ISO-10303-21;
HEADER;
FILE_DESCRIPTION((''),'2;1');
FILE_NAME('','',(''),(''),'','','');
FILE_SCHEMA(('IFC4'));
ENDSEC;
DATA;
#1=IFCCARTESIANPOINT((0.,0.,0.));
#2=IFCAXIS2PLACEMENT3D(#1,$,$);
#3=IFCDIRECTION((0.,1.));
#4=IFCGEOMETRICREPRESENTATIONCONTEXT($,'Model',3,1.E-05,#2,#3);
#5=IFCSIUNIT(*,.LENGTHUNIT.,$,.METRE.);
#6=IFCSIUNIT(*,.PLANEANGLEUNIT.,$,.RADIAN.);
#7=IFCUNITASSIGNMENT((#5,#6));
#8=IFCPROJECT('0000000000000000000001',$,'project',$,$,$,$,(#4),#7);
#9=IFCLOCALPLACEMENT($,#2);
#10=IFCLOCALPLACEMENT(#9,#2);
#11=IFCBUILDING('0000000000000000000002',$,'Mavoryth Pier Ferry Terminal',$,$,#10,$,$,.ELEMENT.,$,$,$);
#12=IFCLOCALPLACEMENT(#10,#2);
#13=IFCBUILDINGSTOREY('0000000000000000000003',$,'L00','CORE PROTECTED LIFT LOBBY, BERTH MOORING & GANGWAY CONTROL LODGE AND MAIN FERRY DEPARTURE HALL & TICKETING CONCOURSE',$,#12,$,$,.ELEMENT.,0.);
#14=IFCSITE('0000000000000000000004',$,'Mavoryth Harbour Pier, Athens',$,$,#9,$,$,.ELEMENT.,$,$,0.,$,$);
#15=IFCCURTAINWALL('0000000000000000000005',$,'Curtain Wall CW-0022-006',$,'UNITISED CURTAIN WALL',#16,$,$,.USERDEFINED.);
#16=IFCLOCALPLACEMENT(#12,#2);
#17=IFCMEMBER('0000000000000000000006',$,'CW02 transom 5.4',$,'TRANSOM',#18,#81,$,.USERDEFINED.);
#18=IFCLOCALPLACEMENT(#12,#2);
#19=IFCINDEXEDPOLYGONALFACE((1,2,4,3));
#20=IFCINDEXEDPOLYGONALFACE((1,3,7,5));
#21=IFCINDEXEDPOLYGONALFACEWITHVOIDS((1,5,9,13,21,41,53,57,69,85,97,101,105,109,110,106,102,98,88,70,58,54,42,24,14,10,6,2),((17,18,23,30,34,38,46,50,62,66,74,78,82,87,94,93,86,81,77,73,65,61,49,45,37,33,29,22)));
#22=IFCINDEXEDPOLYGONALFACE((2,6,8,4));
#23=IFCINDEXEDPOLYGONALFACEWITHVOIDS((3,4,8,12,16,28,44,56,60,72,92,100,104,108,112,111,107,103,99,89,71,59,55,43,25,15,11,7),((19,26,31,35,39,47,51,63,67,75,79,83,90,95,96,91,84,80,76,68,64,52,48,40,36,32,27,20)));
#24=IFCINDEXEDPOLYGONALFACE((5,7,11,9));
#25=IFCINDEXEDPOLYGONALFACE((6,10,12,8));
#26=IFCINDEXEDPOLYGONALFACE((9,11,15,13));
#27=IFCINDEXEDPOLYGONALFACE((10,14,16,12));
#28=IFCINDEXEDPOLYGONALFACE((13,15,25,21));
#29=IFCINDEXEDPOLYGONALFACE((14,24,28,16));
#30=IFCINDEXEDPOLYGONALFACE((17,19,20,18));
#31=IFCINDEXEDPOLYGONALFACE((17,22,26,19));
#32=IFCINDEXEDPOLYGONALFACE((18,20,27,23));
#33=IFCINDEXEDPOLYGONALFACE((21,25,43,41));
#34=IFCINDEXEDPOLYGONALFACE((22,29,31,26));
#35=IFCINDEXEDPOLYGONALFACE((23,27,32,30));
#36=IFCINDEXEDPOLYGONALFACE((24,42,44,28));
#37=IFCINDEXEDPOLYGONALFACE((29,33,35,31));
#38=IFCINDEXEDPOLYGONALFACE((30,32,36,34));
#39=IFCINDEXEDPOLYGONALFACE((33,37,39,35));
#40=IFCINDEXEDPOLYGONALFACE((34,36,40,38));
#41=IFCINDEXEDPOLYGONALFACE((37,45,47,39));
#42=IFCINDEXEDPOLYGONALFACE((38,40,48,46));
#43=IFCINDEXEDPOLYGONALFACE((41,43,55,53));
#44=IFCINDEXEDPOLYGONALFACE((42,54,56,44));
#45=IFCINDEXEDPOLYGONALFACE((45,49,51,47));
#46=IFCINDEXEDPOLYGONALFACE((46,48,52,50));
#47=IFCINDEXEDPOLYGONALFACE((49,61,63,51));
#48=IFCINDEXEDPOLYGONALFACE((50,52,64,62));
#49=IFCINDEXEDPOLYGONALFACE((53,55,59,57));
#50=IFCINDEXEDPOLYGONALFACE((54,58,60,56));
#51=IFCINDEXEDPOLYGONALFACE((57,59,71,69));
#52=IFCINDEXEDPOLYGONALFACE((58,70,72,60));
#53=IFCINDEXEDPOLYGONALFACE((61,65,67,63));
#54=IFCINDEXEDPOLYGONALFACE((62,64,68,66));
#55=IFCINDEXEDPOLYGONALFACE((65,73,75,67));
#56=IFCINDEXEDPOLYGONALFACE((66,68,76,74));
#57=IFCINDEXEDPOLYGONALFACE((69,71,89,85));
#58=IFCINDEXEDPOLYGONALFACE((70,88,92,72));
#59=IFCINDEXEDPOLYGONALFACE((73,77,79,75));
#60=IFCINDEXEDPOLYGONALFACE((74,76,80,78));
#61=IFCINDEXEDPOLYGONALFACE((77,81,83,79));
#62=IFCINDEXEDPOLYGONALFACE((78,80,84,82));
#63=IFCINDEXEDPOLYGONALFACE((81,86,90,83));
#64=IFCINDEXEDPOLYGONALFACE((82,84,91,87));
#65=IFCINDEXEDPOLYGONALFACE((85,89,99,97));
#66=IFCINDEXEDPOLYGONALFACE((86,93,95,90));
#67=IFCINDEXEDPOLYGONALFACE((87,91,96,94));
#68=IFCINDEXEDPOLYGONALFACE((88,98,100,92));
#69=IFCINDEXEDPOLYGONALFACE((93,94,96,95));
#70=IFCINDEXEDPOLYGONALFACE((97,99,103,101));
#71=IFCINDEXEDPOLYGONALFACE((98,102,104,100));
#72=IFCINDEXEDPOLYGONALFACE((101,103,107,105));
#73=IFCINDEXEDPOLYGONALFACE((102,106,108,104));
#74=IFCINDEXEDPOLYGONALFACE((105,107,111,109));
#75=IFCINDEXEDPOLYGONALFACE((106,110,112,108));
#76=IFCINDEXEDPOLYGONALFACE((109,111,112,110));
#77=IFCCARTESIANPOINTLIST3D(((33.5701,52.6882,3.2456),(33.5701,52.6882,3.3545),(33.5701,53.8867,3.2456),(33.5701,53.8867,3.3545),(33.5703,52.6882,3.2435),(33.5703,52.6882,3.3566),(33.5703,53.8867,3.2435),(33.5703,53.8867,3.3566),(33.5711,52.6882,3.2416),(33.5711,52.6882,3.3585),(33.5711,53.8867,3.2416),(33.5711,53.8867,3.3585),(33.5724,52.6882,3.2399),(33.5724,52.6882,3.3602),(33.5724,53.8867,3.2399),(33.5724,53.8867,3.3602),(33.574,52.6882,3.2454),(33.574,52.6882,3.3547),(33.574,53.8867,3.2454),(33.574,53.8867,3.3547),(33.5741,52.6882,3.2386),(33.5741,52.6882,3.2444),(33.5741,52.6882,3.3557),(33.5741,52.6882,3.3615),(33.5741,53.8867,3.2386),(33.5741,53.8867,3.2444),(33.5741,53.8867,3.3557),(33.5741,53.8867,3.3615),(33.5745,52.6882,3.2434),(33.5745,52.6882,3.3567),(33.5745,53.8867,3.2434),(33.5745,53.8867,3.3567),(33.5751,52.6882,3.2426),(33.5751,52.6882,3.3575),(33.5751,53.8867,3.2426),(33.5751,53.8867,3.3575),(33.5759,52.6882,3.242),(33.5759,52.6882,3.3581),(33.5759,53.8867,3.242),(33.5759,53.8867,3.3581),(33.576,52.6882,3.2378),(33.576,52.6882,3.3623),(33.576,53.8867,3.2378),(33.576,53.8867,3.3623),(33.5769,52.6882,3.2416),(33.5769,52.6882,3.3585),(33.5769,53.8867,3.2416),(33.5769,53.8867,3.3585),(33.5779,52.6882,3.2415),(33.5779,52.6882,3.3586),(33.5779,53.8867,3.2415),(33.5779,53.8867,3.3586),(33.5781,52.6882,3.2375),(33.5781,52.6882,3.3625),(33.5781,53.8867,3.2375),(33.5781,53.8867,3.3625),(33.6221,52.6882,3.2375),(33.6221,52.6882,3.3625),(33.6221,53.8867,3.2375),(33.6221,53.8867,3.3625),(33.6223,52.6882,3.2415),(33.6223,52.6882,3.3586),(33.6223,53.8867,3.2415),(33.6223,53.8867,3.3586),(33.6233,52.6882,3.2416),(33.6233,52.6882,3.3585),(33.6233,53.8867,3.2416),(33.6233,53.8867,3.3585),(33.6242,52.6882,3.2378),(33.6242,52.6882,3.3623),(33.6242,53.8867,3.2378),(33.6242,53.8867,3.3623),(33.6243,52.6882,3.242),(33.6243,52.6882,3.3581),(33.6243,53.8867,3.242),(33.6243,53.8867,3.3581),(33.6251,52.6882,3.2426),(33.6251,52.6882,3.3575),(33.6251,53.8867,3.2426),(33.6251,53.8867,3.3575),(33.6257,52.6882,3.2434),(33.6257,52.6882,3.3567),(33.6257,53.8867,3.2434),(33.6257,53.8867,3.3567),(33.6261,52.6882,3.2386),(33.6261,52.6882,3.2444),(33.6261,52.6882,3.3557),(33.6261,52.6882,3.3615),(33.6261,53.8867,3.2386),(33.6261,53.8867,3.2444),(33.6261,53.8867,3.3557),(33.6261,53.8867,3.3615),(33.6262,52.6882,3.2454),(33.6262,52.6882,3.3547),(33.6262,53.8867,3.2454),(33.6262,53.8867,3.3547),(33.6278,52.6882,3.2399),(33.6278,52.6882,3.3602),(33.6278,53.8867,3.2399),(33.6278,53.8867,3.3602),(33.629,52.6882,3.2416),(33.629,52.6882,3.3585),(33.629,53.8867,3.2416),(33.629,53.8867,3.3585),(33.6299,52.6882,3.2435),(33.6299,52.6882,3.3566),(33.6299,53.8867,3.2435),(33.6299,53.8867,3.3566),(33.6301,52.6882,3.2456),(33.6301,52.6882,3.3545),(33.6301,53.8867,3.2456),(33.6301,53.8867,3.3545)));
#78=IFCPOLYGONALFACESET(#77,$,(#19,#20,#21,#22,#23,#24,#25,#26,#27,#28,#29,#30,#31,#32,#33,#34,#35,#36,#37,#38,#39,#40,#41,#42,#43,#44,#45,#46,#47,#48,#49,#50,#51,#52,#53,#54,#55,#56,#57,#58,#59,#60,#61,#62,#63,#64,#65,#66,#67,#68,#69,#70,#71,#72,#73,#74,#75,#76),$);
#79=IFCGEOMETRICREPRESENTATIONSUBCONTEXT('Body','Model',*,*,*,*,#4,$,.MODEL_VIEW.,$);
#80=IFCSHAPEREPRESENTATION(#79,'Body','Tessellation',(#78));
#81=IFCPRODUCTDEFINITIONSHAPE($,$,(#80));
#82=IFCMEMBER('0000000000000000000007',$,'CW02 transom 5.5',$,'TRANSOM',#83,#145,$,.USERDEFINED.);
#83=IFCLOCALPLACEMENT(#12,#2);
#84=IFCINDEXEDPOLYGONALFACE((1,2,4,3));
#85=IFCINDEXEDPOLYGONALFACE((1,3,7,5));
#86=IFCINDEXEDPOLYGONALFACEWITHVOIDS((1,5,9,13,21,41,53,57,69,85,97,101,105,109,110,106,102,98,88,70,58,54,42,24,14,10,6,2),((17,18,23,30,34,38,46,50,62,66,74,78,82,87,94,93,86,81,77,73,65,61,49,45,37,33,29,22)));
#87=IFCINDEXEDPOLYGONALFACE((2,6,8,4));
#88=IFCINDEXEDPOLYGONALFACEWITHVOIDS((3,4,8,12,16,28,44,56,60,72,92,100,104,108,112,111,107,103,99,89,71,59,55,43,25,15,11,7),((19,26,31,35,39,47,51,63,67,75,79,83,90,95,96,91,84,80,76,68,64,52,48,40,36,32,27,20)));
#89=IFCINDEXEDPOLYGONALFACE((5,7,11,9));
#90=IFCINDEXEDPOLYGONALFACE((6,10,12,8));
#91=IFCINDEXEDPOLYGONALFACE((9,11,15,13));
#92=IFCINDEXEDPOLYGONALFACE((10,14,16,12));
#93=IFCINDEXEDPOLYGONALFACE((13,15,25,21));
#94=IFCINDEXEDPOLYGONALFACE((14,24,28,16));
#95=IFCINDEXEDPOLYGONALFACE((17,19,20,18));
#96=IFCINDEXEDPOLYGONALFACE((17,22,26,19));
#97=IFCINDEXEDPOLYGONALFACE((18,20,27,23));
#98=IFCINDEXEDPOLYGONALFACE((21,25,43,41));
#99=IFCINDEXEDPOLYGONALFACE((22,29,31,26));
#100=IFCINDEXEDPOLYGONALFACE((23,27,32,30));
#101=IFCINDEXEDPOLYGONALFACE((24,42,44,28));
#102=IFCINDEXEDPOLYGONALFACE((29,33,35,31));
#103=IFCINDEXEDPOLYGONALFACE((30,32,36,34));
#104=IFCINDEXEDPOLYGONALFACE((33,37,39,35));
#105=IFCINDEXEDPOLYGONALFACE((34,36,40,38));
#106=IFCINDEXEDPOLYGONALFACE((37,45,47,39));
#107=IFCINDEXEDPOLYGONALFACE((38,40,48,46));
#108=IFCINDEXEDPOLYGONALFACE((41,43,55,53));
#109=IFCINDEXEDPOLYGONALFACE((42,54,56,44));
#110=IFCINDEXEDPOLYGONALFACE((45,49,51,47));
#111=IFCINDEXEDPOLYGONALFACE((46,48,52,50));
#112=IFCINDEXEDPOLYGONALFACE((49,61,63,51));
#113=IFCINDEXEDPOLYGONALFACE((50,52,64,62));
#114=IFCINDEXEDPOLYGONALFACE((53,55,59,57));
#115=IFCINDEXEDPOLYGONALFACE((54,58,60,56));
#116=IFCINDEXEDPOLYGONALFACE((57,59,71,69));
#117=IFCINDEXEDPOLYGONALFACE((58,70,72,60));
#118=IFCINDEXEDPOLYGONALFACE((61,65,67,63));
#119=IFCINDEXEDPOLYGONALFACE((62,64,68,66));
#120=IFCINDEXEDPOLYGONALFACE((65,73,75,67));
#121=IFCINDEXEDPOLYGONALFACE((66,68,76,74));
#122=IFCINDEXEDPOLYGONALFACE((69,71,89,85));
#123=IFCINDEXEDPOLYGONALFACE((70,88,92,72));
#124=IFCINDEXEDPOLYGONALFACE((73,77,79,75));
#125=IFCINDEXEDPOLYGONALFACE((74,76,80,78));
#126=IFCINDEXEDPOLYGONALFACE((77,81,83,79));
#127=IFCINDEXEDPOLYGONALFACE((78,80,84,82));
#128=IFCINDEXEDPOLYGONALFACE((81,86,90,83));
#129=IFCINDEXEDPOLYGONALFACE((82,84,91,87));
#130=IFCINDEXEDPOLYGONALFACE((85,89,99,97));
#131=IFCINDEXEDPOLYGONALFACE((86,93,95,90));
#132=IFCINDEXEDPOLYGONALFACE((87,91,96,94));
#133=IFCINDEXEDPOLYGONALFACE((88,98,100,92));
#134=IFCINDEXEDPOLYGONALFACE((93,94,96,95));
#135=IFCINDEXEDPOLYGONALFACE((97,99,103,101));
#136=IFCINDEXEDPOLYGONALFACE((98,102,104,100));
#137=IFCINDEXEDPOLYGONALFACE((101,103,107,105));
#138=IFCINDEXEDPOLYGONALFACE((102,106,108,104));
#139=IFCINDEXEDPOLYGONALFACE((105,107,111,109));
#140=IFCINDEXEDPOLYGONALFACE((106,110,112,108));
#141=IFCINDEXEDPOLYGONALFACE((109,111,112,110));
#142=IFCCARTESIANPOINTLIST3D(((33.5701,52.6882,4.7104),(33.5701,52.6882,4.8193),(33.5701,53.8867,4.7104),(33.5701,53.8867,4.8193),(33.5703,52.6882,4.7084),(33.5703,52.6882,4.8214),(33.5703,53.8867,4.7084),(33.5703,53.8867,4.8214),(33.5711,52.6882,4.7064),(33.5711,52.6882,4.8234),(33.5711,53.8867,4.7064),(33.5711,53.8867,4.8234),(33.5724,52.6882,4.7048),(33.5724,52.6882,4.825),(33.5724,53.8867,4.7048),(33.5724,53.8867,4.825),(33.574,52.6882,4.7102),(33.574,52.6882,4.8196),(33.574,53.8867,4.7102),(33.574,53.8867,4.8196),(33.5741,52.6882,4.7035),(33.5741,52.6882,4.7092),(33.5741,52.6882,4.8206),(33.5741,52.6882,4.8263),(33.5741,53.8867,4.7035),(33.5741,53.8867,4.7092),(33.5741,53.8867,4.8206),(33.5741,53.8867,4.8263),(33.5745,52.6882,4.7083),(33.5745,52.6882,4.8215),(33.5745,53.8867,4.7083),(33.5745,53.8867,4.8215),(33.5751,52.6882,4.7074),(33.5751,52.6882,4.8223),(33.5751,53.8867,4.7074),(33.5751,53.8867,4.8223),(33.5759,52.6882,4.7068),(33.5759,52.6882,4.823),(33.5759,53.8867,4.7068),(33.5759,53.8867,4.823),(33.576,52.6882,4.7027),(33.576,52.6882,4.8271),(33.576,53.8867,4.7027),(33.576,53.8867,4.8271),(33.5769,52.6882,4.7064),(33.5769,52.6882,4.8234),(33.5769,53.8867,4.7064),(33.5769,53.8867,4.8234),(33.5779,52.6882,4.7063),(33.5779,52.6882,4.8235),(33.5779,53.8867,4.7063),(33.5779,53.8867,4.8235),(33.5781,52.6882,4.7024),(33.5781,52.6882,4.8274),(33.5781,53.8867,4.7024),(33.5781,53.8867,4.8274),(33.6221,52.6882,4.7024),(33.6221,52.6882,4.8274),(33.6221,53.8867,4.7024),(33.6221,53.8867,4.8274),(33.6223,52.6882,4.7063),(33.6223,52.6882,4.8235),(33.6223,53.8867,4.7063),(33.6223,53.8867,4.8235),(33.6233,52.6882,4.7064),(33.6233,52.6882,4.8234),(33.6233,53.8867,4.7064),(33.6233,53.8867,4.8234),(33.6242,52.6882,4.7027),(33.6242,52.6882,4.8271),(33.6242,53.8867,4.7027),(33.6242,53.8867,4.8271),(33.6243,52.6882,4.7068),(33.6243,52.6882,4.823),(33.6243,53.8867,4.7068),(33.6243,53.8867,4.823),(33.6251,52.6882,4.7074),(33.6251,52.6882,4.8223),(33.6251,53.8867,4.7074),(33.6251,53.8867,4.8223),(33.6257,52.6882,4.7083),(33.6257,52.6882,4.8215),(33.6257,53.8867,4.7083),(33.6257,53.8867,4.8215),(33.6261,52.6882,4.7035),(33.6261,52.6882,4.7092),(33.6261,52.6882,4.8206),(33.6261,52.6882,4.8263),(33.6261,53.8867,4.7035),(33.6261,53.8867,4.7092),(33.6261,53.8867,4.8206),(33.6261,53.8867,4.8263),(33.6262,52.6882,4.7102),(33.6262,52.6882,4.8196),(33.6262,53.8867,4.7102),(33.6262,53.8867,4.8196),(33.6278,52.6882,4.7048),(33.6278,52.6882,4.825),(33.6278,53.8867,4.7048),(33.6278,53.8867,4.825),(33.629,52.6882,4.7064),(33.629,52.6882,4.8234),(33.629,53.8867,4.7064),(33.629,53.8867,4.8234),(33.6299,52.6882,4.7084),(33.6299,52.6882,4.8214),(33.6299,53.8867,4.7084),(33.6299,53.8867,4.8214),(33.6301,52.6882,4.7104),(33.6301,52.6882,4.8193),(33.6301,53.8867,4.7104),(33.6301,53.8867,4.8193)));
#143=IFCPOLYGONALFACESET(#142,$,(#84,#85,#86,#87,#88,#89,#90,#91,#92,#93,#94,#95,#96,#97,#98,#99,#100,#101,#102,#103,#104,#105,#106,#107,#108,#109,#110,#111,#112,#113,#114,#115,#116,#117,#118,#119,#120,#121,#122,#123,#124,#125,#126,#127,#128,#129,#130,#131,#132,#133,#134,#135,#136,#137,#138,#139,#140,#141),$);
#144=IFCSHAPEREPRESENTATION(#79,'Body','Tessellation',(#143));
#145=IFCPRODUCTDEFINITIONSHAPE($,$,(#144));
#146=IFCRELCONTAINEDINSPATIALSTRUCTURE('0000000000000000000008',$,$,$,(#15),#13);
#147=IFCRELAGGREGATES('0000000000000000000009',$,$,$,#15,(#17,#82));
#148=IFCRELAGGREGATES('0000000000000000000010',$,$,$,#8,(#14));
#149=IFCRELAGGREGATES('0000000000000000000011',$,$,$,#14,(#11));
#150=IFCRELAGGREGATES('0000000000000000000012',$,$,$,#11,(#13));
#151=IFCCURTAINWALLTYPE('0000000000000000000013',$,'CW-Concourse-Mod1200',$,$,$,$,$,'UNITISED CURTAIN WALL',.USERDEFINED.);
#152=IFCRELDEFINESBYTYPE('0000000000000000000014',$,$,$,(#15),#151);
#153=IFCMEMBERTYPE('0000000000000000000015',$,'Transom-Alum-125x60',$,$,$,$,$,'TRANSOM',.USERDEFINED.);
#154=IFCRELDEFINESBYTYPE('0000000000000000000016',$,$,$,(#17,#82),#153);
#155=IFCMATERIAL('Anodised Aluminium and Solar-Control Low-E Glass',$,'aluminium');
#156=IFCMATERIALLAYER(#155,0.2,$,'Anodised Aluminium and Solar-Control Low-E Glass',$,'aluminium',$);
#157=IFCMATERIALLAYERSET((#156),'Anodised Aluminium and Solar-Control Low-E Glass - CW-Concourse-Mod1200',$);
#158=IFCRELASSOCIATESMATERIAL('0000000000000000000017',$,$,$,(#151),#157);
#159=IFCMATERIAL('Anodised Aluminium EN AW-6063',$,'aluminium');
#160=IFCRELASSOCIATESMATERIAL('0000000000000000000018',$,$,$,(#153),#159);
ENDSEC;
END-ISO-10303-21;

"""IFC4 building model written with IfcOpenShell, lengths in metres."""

from ifc_helpers import new_model, si_unit, direction, frame, origin, origin_2d, place, context, subcontext, project, spatial, hollow_rectangle, extrude, material, layer, layer_set, material_profile, profile_set, type_object, element, aggregate, save


model = new_model("IFC4")

# Units and contexts
model_context = context("Model", 3, precision=1e-05, world=origin(), true_north=direction((0.0, 1.0)))
body_context = subcontext(model_context, "Body", "Model", "MODEL_VIEW")
ifc_project = project(units=[si_unit("LENGTHUNIT", "METRE"), si_unit("PLANEANGLEUNIT", "RADIAN")], contexts=[model_context])

# Site, building, storey
site_placement = place(None, origin())
site = spatial("IfcSite", under=ifc_project, at=site_placement, Name="Mavoryth Harbour Pier, Athens", CompositionType="ELEMENT", RefElevation=0.0)
building_placement = place(site_placement, origin())
building = spatial("IfcBuilding", under=site, at=building_placement, Name="Mavoryth Pier Ferry Terminal", CompositionType="ELEMENT")
storey_placement = place(building_placement, origin())
storey = spatial("IfcBuildingStorey", under=building, at=storey_placement, Name="L00", Description="CORE PROTECTED LIFT LOBBY, BERTH MOORING & GANGWAY CONTROL LODGE AND MAIN FERRY DEPARTURE HALL & TICKETING CONCOURSE", CompositionType="ELEMENT", Elevation=0.0)

# Curtain wall
ifc_material_1 = material(Name="Anodised Aluminium and Solar-Control Low-E Glass", Category="aluminium")
ifc_layer_1 = layer(ifc_material_1, 0.2, Name="Anodised Aluminium and Solar-Control Low-E Glass", Category="aluminium")
ifc_layer_set_1 = layer_set([ifc_layer_1], Name="Anodised Aluminium and Solar-Control Low-E Glass - CW-Concourse-Mod1200")
curtain_wall_type = type_object("IfcCurtainWallType", Name="CW-Concourse-Mod1200", ElementType="UNITISED CURTAIN WALL", PredefinedType="USERDEFINED", material=ifc_layer_set_1)
curtain_wall_1_placement = place(storey_placement, origin())
curtain_wall_1 = element("IfcCurtainWall", 1, at=curtain_wall_1_placement, inside=storey, type_object=curtain_wall_type, Name="Curtain Wall CW-0022-006", ObjectType="UNITISED CURTAIN WALL", PredefinedType="USERDEFINED")
ifc_material_2 = material(Name="Anodised Aluminium EN AW-6063", Category="aluminium")

# Members
ifc_material_profile_1 = material_profile(ifc_material_2, hollow_rectangle(XDim=0.0601, YDim=0.125, WallThickness=0.0039, InnerFilletRadius=0.0039, OuterFilletRadius=0.0081, at=origin_2d()), Name="AL-TRAN 125x60x4", Category="aluminium")
ifc_profile_set_1 = profile_set([ifc_material_profile_1], Name="Anodised Aluminium EN AW-6063 - AL-TRAN 125x60x4")
member_type_1 = type_object("IfcMemberType", Name="Transom-Alum-125x60", ElementType="TRANSOM", PredefinedType="USERDEFINED", material=ifc_profile_set_1)
member_1_placement = place(storey_placement, frame((33.6001, 52.6882, 3.3), z_axis=(0.0, 1.0, 0.0), x_axis=(-1.0, 0.0, 0.0)))
member_1 = element("IfcMember", 2, at=member_1_placement, type_object=member_type_1, Name="CW02 transom 5.4", ObjectType="TRANSOM", PredefinedType="USERDEFINED", context=body_context, shape_type="SweptSolid", body=[
    extrude(hollow_rectangle(XDim=0.0601, YDim=0.125, WallThickness=0.0039, InnerFilletRadius=0.0039, OuterFilletRadius=0.0081, at=origin_2d()), origin(), (0.0, 0.0, 1.0), 1.1985),
])
member_2_placement = place(storey_placement, frame((33.6001, 52.6882, 4.7649), z_axis=(0.0, 1.0, 0.0), x_axis=(-1.0, 0.0, 0.0)))
member_2 = element("IfcMember", 3, at=member_2_placement, type_object=member_type_1, Name="CW02 transom 5.5", ObjectType="TRANSOM", PredefinedType="USERDEFINED", context=body_context, shape_type="SweptSolid", body=[
    extrude(hollow_rectangle(XDim=0.0601, YDim=0.125, WallThickness=0.0039, InnerFilletRadius=0.0039, OuterFilletRadius=0.0081, at=origin_2d()), origin(), (0.0, 0.0, 1.0), 1.1985),
])

aggregate(curtain_wall_1, [member_1, member_2])

save(model, "model.ifc")
